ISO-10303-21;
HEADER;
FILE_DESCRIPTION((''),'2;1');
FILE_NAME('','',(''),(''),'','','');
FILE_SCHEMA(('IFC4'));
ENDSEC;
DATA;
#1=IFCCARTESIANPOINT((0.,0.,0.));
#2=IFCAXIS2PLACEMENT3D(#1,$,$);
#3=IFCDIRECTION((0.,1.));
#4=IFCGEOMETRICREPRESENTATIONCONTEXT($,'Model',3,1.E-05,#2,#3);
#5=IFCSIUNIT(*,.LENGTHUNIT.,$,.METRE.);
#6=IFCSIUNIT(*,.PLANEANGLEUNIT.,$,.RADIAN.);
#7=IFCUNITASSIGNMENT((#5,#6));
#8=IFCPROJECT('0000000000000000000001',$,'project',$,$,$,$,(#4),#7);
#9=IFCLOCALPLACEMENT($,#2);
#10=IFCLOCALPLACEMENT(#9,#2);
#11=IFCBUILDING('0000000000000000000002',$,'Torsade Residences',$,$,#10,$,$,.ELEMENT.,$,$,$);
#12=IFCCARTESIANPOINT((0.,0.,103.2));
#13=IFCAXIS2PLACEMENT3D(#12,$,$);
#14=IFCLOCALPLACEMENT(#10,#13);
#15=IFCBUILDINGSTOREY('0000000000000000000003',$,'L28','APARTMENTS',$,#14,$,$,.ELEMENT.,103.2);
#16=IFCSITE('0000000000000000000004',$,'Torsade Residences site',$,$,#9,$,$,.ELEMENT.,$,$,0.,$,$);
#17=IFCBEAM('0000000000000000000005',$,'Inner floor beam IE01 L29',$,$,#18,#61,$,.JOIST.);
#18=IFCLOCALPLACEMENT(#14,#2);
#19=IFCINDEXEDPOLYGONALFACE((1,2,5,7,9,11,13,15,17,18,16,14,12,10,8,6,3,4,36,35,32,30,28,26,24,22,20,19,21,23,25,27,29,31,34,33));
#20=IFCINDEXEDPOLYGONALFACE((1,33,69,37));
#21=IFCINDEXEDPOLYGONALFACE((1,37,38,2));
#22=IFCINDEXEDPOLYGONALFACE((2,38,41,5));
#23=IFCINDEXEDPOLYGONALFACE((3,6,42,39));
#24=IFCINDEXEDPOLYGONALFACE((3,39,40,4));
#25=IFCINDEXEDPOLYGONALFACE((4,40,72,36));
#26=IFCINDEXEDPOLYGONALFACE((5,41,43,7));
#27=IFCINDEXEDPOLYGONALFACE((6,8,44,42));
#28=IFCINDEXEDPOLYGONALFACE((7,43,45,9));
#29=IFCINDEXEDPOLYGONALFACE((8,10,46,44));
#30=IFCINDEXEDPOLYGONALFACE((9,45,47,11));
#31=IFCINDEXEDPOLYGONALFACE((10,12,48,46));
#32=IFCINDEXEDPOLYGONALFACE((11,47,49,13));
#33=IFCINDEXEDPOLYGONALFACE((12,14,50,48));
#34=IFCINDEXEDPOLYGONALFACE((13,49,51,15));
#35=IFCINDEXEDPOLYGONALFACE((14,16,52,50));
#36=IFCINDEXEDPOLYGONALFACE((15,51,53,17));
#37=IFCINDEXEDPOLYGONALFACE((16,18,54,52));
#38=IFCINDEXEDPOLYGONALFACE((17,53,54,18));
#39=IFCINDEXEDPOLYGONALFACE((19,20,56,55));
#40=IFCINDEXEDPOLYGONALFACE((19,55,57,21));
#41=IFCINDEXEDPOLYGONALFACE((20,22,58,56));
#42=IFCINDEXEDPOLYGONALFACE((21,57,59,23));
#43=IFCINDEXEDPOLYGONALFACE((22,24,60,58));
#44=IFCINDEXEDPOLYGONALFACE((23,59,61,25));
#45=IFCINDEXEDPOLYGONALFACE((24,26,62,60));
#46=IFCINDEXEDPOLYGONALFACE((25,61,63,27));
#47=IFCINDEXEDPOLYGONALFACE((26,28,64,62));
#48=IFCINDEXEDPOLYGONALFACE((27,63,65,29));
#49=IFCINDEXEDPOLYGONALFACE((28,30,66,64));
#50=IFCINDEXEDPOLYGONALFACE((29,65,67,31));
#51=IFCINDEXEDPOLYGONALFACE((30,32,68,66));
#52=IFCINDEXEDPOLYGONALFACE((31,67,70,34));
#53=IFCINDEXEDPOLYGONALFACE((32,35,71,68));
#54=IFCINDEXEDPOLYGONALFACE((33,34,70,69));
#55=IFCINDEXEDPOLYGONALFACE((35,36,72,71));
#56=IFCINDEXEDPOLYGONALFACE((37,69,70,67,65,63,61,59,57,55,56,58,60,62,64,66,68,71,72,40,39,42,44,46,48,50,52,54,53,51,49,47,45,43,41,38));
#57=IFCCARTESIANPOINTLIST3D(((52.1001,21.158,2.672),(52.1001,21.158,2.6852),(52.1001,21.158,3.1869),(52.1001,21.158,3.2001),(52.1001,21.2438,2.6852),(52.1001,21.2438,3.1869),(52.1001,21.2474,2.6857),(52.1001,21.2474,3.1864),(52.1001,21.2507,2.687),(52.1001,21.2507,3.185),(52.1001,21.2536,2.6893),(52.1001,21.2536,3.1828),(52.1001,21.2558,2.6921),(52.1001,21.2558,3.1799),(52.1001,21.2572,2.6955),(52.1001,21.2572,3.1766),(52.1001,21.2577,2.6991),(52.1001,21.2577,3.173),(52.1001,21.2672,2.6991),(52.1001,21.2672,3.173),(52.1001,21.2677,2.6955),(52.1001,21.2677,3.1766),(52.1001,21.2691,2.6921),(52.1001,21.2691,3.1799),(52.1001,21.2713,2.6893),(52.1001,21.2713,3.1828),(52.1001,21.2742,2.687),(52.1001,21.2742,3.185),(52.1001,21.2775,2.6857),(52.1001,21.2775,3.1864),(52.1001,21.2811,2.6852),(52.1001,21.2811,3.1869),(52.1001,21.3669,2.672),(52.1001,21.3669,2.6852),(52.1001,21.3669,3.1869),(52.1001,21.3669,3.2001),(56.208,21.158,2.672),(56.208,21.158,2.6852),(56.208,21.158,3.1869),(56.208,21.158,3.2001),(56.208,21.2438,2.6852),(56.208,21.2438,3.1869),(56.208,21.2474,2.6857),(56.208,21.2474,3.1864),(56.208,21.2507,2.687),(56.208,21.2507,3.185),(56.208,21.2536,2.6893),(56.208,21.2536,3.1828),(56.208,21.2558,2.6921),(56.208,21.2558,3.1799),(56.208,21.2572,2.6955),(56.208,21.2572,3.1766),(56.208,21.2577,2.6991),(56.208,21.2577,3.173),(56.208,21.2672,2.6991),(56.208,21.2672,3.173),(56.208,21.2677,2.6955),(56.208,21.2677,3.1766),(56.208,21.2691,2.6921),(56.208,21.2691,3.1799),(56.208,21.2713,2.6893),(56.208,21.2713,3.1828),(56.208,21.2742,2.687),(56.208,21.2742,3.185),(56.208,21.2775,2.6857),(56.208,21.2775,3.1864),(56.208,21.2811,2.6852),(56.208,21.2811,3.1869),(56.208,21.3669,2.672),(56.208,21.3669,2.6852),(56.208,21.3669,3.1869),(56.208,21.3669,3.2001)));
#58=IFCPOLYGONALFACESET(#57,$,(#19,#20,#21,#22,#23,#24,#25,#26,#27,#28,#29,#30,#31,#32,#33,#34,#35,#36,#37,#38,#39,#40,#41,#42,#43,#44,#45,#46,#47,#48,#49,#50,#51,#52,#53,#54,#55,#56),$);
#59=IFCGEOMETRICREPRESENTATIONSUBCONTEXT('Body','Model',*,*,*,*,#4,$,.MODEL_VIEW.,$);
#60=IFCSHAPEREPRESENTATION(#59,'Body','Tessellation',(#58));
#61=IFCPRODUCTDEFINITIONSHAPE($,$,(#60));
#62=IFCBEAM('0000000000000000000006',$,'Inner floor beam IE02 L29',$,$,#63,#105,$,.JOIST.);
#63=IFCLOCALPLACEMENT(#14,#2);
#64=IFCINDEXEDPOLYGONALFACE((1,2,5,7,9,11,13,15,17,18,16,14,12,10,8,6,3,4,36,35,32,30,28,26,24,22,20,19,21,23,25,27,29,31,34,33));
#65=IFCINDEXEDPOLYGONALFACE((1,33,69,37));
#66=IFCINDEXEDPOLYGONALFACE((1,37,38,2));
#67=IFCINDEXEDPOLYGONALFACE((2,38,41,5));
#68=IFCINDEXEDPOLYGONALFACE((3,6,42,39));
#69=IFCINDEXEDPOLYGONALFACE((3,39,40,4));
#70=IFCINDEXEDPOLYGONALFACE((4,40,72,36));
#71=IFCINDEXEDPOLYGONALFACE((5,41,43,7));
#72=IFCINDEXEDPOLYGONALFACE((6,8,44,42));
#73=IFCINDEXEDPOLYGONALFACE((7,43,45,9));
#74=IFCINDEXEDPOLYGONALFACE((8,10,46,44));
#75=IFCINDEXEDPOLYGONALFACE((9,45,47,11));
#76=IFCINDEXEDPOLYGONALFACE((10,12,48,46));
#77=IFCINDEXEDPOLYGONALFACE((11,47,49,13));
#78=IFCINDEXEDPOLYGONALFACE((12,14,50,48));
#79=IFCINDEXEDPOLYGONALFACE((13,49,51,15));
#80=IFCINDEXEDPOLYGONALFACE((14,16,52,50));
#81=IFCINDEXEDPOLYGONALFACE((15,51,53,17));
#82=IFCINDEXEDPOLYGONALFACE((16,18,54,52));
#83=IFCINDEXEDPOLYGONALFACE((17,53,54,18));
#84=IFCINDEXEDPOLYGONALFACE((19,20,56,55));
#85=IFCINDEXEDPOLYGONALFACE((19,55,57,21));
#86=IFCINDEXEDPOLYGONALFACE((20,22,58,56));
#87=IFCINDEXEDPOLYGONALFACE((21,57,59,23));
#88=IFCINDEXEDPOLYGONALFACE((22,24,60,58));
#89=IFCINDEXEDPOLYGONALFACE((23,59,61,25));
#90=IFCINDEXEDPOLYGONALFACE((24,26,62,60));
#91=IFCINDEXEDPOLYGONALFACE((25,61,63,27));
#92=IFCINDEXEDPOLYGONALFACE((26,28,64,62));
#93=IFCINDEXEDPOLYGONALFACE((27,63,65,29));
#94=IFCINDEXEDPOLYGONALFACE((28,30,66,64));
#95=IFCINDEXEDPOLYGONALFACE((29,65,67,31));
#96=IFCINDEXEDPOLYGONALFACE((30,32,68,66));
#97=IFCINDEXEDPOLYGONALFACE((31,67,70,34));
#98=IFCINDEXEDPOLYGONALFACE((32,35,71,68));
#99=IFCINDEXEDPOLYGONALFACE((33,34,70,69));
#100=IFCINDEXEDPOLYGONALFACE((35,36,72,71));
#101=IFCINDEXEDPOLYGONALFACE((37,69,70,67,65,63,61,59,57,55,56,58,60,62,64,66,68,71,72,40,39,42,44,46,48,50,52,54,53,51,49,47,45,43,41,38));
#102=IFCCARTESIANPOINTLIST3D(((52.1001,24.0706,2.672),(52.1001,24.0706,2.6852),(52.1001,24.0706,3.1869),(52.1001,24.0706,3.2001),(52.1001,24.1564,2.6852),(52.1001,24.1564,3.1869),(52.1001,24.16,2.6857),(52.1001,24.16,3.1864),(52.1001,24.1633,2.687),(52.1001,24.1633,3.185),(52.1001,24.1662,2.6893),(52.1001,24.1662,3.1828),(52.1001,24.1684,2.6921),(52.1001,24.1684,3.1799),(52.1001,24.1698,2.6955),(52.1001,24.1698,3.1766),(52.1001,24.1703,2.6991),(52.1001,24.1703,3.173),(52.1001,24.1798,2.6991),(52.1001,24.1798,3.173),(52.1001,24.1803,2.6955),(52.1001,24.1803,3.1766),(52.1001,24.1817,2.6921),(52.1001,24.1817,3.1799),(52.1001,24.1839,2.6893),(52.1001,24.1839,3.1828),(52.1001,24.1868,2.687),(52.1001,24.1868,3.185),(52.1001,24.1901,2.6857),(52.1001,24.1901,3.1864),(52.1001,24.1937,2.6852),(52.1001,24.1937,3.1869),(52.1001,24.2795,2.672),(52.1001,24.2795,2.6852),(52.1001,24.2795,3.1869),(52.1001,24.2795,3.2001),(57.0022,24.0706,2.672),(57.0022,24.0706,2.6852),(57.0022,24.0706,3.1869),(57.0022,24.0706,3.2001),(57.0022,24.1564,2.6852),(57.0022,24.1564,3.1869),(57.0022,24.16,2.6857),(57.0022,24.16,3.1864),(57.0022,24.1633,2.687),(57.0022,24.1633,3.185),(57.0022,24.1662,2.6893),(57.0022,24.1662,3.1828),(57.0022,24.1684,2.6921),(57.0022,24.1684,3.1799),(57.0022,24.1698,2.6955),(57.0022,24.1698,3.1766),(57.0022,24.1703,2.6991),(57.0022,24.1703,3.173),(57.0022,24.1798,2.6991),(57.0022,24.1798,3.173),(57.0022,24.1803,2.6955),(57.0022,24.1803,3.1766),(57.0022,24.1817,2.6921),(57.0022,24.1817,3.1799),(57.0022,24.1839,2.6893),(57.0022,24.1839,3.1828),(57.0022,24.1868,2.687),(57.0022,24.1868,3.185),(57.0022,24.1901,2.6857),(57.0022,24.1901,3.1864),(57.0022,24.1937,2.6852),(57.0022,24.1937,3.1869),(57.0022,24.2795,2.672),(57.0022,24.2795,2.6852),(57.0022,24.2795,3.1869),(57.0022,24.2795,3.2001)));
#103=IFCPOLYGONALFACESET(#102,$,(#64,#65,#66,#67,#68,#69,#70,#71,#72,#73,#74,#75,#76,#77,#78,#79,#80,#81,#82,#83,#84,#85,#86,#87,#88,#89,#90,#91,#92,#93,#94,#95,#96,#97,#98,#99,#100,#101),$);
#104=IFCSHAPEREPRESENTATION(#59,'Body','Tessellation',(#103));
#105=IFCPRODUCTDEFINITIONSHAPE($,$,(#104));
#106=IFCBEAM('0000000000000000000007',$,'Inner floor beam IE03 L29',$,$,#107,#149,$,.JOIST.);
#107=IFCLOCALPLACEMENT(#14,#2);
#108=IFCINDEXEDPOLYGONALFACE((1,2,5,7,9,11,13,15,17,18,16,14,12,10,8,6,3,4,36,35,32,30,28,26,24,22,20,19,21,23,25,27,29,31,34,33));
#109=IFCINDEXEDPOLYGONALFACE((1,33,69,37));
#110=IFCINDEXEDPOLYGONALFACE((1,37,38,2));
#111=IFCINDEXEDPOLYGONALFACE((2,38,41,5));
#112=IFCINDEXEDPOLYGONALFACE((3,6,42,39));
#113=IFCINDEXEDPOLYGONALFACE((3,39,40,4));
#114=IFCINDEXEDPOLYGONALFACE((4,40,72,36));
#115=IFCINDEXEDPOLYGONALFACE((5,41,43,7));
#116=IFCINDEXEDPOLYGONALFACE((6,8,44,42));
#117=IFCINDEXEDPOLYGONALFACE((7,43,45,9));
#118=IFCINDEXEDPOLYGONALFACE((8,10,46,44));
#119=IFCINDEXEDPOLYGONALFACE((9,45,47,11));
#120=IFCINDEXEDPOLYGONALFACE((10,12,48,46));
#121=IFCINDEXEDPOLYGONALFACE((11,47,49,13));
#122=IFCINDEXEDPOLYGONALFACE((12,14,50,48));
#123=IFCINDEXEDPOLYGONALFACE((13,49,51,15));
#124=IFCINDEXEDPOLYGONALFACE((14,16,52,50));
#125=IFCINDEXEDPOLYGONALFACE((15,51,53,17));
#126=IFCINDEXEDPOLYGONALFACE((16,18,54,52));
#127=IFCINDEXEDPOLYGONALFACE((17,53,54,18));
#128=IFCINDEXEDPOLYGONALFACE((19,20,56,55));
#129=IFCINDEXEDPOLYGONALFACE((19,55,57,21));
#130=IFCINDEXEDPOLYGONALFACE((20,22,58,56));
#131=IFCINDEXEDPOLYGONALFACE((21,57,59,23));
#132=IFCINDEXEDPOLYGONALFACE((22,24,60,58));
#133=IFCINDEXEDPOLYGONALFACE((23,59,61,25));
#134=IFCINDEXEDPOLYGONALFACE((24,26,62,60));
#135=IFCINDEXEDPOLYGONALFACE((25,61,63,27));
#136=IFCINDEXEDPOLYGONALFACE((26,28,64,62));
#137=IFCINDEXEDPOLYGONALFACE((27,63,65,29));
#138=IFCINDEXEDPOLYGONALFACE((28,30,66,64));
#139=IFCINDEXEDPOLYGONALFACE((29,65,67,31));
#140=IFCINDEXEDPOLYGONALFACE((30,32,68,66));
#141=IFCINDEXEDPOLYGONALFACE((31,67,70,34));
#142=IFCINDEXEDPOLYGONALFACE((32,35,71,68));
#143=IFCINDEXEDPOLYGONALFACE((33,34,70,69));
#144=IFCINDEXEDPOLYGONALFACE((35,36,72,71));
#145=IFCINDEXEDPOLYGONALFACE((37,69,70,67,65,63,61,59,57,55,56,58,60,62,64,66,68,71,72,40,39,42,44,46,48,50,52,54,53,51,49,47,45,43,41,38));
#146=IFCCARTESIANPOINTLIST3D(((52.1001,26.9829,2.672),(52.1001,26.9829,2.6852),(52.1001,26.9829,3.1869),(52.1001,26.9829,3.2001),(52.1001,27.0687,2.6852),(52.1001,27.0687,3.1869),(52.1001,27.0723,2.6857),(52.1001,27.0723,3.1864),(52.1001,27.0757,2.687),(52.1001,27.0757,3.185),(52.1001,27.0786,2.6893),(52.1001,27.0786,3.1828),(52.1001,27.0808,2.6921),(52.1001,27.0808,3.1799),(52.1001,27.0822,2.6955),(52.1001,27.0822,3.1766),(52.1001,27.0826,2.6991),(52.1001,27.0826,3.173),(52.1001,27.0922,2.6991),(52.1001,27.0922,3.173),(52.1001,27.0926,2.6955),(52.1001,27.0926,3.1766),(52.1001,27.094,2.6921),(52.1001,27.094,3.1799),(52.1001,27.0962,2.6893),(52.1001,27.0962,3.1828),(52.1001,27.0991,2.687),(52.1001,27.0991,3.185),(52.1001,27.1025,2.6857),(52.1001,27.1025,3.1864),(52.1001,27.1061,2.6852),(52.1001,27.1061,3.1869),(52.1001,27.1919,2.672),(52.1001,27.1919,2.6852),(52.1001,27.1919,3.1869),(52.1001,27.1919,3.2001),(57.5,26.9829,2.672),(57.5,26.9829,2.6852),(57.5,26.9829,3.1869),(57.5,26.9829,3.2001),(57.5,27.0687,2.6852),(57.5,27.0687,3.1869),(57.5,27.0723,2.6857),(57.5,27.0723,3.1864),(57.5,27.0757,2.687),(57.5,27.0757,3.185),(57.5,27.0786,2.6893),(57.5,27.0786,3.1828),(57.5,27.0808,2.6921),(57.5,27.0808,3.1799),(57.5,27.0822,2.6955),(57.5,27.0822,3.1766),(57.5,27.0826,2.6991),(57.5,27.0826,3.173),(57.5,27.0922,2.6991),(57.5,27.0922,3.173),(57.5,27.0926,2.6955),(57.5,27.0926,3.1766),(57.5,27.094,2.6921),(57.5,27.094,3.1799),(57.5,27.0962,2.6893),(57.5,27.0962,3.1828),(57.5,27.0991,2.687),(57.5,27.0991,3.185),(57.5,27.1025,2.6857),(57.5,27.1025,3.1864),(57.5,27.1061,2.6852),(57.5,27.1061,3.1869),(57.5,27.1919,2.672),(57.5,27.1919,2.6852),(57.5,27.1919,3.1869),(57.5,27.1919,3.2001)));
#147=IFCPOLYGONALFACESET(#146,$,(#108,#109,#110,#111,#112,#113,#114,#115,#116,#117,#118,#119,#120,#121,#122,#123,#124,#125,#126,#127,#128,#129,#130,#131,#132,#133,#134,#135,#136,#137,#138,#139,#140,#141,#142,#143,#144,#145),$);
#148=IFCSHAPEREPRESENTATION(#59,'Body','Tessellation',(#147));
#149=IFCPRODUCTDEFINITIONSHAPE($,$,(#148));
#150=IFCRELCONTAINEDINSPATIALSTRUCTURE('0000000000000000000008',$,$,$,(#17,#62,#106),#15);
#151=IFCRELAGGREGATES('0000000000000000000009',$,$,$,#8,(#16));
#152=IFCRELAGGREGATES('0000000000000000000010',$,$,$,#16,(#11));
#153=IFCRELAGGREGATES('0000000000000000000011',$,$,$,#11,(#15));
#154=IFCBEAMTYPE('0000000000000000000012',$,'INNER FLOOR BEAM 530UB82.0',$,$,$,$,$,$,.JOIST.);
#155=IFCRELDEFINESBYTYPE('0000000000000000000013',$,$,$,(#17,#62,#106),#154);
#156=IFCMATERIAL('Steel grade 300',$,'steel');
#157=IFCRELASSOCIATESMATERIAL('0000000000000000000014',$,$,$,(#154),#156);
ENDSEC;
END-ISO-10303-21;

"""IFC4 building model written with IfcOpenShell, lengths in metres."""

from ifc_helpers import new_model, si_unit, direction, frame, origin, origin_2d, place, context, subcontext, project, spatial, i_section, extrude, material, material_profile, profile_set, type_object, element, save


model = new_model("IFC4")

# Units and contexts
model_context = context("Model", 3, precision=1e-05, world=origin(), true_north=direction((0.0, 1.0)))
body_context = subcontext(model_context, "Body", "Model", "MODEL_VIEW")
ifc_project = project(units=[si_unit("LENGTHUNIT", "METRE"), si_unit("PLANEANGLEUNIT", "RADIAN")], contexts=[model_context])

# Site, building, storey
site_placement = place(None, origin())
site = spatial("IfcSite", under=ifc_project, at=site_placement, Name="Torsade Residences site", CompositionType="ELEMENT", RefElevation=0.0)
building_placement = place(site_placement, origin())
building = spatial("IfcBuilding", under=site, at=building_placement, Name="Torsade Residences", CompositionType="ELEMENT")
storey_placement = place(building_placement, frame((0.0, 0.0, 103.2)))
storey = spatial("IfcBuildingStorey", under=building, at=storey_placement, Name="L28", Description="APARTMENTS", CompositionType="ELEMENT", Elevation=103.2)

# Beams
ifc_material_1 = material(Name="Steel grade 300", Category="steel")
ifc_material_profile = material_profile(ifc_material_1, i_section(OverallWidth=0.209, OverallDepth=0.5281, WebThickness=0.0095, FlangeThickness=0.0132, FilletRadius=0.0139, at=origin_2d()), Name="530UB82.0")
ifc_profile_set = profile_set([ifc_material_profile], Name="Steel grade 300")
beam_type = type_object("IfcBeamType", Name="INNER FLOOR BEAM 530UB82.0", PredefinedType="JOIST", material=ifc_profile_set)
beam_1_placement = place(storey_placement, frame((52.1001, 21.2625, 2.936), z_axis=(1.0, 0.0, 0.0), x_axis=(0.0, 1.0, 0.0)))
element("IfcBeam", 1, at=beam_1_placement, inside=storey, type_object=beam_type, Name="Inner floor beam IE01 L29", PredefinedType="JOIST", context=body_context, shape_type="SweptSolid", body=[
    extrude(i_section(OverallWidth=0.209, OverallDepth=0.5281, WebThickness=0.0095, FlangeThickness=0.0132, FilletRadius=0.0139, at=origin_2d()), origin(), (0.0, 0.0, 1.0), 4.1079),
])
beam_2_placement = place(storey_placement, frame((52.1001, 24.175, 2.936), z_axis=(1.0, 0.0, 0.0), x_axis=(0.0, 1.0, 0.0)))
element("IfcBeam", 2, at=beam_2_placement, inside=storey, type_object=beam_type, Name="Inner floor beam IE02 L29", PredefinedType="JOIST", context=body_context, shape_type="SweptSolid", body=[
    extrude(i_section(OverallWidth=0.209, OverallDepth=0.5281, WebThickness=0.0095, FlangeThickness=0.0132, FilletRadius=0.0139, at=origin_2d()), origin(), (0.0, 0.0, 1.0), 4.9021),
])
beam_3_placement = place(storey_placement, frame((52.1001, 27.0874, 2.936), z_axis=(1.0, 0.0, 0.0), x_axis=(0.0, 1.0, 0.0)))
element("IfcBeam", 3, at=beam_3_placement, inside=storey, type_object=beam_type, Name="Inner floor beam IE03 L29", PredefinedType="JOIST", context=body_context, shape_type="SweptSolid", body=[
    extrude(i_section(OverallWidth=0.209, OverallDepth=0.5281, WebThickness=0.0095, FlangeThickness=0.0132, FilletRadius=0.0139, at=origin_2d()), origin(), (0.0, 0.0, 1.0), 5.3999),
])

save(model, "model.ifc")
